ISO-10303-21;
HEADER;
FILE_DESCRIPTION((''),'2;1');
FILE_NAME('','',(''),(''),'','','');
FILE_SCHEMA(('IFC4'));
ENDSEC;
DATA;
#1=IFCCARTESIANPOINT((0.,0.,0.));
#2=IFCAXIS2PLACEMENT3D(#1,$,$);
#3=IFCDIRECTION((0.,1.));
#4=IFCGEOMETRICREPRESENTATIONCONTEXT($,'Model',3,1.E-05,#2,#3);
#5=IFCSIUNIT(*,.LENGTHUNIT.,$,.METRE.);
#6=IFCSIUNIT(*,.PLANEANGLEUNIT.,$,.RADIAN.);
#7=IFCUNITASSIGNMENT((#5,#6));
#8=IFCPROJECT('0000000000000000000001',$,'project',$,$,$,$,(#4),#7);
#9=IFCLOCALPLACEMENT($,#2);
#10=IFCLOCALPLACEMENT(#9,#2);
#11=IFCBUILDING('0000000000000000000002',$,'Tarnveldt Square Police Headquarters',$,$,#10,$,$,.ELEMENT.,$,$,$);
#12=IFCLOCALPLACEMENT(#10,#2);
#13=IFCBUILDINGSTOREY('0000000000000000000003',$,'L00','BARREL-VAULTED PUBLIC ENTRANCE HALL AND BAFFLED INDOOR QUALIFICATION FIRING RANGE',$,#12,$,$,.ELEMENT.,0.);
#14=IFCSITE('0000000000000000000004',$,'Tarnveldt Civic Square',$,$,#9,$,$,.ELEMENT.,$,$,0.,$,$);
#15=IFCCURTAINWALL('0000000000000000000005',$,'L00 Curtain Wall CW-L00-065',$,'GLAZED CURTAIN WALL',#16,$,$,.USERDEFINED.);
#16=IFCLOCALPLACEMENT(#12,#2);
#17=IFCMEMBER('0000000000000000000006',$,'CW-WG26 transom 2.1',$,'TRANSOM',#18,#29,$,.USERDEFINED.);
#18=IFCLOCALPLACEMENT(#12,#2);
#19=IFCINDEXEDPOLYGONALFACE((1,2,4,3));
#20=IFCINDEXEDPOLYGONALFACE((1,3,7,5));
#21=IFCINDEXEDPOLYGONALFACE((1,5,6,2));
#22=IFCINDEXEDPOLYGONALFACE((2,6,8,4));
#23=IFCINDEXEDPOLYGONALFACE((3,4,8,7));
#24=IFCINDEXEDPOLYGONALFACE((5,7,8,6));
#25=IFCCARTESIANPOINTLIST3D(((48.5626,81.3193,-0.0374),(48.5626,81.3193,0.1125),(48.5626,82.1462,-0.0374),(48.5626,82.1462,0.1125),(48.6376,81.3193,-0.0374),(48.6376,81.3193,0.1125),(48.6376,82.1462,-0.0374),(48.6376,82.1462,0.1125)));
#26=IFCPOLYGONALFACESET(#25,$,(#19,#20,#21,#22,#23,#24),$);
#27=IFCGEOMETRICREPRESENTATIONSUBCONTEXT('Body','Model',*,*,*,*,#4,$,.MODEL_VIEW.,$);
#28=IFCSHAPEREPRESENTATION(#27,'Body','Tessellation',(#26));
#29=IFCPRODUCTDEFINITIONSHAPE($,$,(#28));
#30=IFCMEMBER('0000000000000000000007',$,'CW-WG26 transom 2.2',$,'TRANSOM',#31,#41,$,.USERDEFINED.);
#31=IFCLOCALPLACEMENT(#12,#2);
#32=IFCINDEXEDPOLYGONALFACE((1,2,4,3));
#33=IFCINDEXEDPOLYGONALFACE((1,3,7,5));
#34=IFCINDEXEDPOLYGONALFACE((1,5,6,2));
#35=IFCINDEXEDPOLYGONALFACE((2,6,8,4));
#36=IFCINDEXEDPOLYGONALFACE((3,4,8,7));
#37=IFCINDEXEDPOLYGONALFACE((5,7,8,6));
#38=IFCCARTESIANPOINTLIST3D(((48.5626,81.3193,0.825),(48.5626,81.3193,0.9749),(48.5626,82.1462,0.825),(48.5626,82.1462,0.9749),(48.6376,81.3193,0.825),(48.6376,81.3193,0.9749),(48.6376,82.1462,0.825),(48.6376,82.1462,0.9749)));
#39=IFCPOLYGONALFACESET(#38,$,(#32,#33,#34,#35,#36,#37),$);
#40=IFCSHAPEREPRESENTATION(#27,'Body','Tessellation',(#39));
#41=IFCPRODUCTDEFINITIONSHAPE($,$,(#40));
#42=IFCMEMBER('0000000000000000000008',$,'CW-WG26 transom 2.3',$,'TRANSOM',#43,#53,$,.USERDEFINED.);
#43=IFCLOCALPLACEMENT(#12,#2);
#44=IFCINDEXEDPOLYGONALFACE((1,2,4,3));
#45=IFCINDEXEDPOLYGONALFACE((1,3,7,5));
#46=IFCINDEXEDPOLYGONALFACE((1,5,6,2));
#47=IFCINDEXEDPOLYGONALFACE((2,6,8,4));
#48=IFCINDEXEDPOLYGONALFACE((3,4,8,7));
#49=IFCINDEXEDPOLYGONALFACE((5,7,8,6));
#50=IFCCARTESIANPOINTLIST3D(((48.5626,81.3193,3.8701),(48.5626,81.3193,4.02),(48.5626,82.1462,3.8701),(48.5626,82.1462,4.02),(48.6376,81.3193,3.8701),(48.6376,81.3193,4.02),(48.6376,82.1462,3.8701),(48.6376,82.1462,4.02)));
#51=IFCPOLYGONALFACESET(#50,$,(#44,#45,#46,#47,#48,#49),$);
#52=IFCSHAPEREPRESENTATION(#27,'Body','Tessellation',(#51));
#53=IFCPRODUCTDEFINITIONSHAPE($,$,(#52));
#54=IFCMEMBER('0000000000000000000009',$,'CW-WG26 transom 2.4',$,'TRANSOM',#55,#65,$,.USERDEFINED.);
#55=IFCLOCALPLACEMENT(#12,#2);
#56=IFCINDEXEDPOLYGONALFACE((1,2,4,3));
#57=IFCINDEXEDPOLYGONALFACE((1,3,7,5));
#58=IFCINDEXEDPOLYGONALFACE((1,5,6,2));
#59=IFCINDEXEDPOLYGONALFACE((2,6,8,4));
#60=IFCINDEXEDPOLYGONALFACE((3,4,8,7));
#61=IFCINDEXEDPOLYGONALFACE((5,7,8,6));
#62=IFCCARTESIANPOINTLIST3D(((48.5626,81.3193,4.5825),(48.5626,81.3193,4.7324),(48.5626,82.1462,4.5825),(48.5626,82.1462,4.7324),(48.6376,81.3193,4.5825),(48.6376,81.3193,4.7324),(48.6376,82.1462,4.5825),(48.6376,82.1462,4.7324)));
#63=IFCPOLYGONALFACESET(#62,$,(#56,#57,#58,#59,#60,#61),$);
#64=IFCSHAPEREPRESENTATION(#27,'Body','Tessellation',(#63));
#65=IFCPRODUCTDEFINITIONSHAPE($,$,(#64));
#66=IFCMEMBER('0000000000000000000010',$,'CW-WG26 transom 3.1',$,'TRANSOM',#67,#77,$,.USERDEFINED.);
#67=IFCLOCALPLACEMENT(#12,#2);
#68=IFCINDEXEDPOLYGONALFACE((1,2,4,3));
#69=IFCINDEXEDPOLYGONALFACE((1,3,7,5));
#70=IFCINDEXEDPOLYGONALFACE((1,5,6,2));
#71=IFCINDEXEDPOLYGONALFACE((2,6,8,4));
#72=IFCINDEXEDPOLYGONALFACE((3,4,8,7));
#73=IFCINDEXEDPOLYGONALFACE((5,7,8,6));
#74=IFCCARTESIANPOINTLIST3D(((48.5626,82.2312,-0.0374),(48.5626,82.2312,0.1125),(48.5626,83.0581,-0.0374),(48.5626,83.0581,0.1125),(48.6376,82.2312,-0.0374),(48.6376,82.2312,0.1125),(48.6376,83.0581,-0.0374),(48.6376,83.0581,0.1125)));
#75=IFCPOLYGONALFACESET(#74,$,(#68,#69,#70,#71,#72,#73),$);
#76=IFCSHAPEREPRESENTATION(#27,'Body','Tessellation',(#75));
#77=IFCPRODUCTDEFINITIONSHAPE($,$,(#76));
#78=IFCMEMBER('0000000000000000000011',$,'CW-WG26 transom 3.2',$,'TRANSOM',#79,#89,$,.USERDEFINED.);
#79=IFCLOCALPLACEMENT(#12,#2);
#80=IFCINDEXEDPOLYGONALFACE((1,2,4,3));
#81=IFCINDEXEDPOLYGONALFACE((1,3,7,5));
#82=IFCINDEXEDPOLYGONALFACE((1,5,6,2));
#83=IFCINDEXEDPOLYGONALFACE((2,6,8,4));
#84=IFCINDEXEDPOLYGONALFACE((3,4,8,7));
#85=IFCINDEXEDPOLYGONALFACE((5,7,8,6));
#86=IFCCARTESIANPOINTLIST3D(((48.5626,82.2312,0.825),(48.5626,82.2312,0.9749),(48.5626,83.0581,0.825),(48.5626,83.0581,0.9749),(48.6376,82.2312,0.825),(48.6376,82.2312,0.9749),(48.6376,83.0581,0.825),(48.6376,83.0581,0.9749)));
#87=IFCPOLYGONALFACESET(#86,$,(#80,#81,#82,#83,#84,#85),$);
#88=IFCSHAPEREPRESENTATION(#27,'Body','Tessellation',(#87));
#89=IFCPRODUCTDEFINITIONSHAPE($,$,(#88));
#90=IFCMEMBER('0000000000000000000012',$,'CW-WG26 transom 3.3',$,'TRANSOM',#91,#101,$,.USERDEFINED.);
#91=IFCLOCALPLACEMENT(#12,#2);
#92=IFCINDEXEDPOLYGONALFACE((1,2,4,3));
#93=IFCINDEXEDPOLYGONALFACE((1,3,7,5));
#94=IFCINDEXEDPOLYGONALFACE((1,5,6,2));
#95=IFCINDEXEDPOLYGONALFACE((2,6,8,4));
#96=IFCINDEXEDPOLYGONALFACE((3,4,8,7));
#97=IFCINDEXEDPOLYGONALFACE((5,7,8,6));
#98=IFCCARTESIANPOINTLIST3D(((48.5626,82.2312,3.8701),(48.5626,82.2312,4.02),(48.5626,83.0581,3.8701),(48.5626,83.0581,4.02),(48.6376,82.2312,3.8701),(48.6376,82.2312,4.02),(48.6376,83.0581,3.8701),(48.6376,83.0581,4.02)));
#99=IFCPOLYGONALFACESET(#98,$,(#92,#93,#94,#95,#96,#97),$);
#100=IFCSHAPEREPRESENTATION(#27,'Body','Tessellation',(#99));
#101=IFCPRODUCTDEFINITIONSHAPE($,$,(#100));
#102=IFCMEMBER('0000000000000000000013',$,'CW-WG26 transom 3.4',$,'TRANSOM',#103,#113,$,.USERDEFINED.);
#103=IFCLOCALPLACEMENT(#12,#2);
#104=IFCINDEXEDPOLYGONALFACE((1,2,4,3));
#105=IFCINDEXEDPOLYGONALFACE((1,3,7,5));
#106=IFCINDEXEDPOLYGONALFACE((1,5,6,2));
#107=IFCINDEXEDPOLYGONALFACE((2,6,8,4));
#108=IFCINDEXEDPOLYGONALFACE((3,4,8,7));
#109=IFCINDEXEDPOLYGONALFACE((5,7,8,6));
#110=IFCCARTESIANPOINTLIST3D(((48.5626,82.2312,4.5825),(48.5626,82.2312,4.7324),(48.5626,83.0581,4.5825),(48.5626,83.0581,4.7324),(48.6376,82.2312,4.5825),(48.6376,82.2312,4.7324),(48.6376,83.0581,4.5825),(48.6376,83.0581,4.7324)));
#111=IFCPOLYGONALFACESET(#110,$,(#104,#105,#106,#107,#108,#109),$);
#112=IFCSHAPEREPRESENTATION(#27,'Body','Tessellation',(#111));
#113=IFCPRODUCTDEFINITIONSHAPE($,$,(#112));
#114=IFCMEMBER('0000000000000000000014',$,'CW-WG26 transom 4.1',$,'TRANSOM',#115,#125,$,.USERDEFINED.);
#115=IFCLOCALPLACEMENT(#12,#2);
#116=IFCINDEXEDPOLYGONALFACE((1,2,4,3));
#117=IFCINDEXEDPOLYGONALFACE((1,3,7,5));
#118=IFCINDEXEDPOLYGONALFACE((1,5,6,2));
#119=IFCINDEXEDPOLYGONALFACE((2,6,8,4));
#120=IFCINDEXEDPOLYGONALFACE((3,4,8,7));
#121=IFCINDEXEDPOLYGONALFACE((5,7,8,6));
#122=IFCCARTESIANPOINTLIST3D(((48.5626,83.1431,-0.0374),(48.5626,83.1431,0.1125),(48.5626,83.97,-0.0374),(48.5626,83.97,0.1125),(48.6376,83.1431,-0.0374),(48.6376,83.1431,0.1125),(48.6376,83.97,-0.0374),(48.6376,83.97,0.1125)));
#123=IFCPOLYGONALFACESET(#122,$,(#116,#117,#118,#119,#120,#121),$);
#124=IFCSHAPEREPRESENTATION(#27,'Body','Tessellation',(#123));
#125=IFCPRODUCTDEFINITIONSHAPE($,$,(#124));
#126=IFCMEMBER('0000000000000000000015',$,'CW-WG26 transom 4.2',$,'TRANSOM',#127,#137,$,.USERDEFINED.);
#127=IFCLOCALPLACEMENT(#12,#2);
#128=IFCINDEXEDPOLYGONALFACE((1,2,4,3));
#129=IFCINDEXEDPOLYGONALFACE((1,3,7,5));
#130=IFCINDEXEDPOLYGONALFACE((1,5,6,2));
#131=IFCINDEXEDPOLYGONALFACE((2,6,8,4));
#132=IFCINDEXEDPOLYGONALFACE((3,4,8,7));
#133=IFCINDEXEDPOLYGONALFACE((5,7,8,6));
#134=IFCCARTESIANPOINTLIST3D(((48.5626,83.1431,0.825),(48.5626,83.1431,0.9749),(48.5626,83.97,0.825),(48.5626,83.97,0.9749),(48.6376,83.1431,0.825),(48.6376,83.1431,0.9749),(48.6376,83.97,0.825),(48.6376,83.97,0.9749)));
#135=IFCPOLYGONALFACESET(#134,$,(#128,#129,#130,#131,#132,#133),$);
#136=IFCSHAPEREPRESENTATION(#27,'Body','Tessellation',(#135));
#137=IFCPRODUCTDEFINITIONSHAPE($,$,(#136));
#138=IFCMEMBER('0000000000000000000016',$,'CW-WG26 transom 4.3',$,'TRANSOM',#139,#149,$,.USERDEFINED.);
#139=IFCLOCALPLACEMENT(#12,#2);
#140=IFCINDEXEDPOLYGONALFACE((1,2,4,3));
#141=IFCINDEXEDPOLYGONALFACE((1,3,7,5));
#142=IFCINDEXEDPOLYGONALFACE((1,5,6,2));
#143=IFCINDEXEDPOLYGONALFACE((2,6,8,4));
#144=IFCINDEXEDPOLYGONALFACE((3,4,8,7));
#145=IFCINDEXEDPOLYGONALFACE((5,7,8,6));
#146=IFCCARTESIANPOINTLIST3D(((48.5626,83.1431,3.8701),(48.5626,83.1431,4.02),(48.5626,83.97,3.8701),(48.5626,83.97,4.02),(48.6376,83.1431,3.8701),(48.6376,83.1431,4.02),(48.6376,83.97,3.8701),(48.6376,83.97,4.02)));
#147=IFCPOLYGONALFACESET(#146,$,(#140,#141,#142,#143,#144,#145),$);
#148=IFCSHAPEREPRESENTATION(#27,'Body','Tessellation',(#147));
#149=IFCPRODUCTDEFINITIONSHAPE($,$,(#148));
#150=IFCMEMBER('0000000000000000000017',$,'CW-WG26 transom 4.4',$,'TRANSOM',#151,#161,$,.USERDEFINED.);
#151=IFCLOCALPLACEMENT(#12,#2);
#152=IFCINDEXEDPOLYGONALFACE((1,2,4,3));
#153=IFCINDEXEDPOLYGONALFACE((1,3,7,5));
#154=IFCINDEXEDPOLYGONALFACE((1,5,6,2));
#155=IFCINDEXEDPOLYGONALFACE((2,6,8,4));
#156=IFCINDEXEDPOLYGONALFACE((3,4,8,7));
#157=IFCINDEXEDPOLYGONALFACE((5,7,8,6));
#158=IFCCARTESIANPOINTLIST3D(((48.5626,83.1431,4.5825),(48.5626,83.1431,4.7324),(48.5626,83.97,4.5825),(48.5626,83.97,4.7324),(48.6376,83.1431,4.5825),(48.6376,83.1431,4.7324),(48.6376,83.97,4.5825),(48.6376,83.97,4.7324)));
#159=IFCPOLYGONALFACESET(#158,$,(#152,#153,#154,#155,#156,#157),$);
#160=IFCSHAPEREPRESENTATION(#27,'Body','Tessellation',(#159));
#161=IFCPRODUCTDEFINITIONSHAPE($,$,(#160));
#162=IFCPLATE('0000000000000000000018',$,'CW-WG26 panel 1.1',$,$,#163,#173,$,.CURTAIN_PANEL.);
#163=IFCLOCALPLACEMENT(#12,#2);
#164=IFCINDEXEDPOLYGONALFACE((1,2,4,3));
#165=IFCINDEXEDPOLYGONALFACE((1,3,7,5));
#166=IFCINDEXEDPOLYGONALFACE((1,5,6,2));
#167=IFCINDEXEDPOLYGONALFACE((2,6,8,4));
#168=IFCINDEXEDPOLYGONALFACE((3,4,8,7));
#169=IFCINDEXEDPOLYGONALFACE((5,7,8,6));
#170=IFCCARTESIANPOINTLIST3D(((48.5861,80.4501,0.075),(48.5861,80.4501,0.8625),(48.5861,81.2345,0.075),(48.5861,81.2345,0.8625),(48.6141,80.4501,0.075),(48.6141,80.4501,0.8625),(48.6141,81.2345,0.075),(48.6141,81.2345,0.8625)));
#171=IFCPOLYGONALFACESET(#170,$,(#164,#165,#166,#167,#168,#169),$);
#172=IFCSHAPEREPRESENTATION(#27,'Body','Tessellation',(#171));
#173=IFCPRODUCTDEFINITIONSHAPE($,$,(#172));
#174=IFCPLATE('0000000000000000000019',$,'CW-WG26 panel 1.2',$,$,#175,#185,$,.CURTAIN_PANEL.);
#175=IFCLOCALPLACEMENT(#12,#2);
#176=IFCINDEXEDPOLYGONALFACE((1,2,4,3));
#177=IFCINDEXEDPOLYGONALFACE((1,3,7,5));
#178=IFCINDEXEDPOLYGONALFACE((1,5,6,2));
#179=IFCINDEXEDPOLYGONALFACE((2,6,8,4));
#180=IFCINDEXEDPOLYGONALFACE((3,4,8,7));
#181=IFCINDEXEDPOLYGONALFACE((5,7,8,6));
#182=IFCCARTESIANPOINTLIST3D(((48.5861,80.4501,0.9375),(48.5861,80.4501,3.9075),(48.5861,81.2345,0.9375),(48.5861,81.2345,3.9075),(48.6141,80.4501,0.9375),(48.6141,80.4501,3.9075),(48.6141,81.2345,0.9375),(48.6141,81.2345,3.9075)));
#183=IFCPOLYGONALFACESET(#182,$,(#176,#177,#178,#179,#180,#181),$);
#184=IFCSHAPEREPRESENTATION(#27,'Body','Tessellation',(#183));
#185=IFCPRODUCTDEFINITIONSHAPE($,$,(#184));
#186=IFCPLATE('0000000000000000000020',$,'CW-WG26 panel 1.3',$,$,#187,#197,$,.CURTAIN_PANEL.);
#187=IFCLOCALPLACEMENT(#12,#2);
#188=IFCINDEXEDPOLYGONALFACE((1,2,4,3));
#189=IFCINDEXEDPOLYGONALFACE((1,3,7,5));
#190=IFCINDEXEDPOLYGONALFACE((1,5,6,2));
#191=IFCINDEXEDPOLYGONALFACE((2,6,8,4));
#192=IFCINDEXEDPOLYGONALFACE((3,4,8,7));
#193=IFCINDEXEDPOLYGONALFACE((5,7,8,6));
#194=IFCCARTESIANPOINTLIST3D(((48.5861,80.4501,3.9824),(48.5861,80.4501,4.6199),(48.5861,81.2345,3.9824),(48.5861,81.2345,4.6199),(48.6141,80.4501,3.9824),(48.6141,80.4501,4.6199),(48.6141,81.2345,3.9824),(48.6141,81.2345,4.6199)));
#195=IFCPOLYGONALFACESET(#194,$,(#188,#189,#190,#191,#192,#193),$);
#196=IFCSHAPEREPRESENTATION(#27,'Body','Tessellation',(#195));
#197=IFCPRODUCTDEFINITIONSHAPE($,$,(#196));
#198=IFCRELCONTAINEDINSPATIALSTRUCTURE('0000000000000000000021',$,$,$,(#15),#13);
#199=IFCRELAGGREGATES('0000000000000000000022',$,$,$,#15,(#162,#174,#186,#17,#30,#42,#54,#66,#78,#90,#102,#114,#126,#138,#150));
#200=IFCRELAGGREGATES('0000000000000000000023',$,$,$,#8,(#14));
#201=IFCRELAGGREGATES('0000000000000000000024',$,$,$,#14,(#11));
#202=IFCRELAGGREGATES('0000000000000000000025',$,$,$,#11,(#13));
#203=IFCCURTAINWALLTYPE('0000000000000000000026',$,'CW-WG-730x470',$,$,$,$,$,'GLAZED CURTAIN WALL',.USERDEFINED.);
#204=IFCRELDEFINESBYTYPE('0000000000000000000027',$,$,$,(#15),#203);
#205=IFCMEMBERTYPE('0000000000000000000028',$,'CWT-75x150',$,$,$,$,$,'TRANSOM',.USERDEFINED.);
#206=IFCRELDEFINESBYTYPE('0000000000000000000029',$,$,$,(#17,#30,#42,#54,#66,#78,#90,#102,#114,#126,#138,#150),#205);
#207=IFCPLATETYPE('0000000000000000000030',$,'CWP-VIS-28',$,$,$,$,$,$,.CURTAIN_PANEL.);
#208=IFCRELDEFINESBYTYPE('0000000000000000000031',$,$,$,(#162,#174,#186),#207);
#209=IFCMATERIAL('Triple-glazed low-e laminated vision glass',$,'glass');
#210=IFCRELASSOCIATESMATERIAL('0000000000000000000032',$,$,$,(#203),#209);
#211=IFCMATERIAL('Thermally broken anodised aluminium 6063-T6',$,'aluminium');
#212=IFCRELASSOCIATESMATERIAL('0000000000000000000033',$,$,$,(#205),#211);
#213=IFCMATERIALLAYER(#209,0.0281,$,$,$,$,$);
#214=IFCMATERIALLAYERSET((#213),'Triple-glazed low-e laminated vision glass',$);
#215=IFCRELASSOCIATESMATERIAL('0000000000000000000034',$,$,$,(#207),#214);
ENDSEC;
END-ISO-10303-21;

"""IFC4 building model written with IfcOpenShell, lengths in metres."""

from ifc_helpers import new_model, si_unit, direction, frame, origin, origin_2d, place, context, subcontext, project, spatial, rectangle, extrude, material, layer, layer_set, material_profile, profile_set, type_object, element, aggregate, save


model = new_model("IFC4")

# Units and contexts
model_context = context("Model", 3, precision=1e-05, world=origin(), true_north=direction((0.0, 1.0)))
body_context = subcontext(model_context, "Body", "Model", "MODEL_VIEW")
ifc_project = project(units=[si_unit("LENGTHUNIT", "METRE"), si_unit("PLANEANGLEUNIT", "RADIAN")], contexts=[model_context])

# Site, building, storey
site_placement = place(None, origin())
site = spatial("IfcSite", under=ifc_project, at=site_placement, Name="Tarnveldt Civic Square", CompositionType="ELEMENT", RefElevation=0.0)
building_placement = place(site_placement, origin())
building = spatial("IfcBuilding", under=site, at=building_placement, Name="Tarnveldt Square Police Headquarters", CompositionType="ELEMENT")
storey_placement = place(building_placement, origin())
storey = spatial("IfcBuildingStorey", under=building, at=storey_placement, Name="L00", Description="BARREL-VAULTED PUBLIC ENTRANCE HALL AND BAFFLED INDOOR QUALIFICATION FIRING RANGE", CompositionType="ELEMENT", Elevation=0.0)

# Shared definitions
ifc_material_1 = material(Name="Triple-glazed low-e laminated vision glass", Category="glass")
ifc_material_2 = material(Name="Thermally broken anodised aluminium 6063-T6", Category="aluminium")

# Curtain wall, members, plates
curtain_wall_type_1 = type_object("IfcCurtainWallType", Name="CW-WG-730x470", ElementType="GLAZED CURTAIN WALL", PredefinedType="USERDEFINED", material=ifc_material_1)
curtain_wall_1_placement = place(storey_placement, origin())
curtain_wall_1 = element("IfcCurtainWall", 1, at=curtain_wall_1_placement, inside=storey, type_object=curtain_wall_type_1, Name="L00 Curtain Wall CW-L00-065", ObjectType="GLAZED CURTAIN WALL", PredefinedType="USERDEFINED")
ifc_material_profile_1 = material_profile(ifc_material_2, rectangle(XDim=0.075, YDim=0.1499, at=origin_2d()), Name="CW-T75x150")
ifc_profile_set_1 = profile_set([ifc_material_profile_1], Name="Thermally broken anodised aluminium 6063-T6")
member_type_1 = type_object("IfcMemberType", Name="CWT-75x150", ElementType="TRANSOM", PredefinedType="USERDEFINED", material=ifc_profile_set_1)
member_1_placement = place(storey_placement, frame((48.6001, 81.3193, 0.0376), z_axis=(0.0, 1.0, 0.0), x_axis=(-1.0, 0.0, 0.0)))
member_1 = element("IfcMember", 2, at=member_1_placement, type_object=member_type_1, Name="CW-WG26 transom 2.1", ObjectType="TRANSOM", PredefinedType="USERDEFINED", context=body_context, shape_type="SweptSolid", body=[
    extrude(rectangle(XDim=0.075, YDim=0.1499, at=origin_2d()), origin(), (0.0, 0.0, 1.0), 0.8269),
])
member_2_placement = place(storey_placement, frame((48.6001, 81.3193, 0.8999), z_axis=(0.0, 1.0, 0.0), x_axis=(-1.0, 0.0, 0.0)))
member_2 = element("IfcMember", 3, at=member_2_placement, type_object=member_type_1, Name="CW-WG26 transom 2.2", ObjectType="TRANSOM", PredefinedType="USERDEFINED", context=body_context, shape_type="SweptSolid", body=[
    extrude(rectangle(XDim=0.075, YDim=0.1499, at=origin_2d()), origin(), (0.0, 0.0, 1.0), 0.8269),
])
member_3_placement = place(storey_placement, frame((48.6001, 81.3193, 3.9451), z_axis=(0.0, 1.0, 0.0), x_axis=(-1.0, 0.0, 0.0)))
member_3 = element("IfcMember", 4, at=member_3_placement, type_object=member_type_1, Name="CW-WG26 transom 2.3", ObjectType="TRANSOM", PredefinedType="USERDEFINED", context=body_context, shape_type="SweptSolid", body=[
    extrude(rectangle(XDim=0.075, YDim=0.1499, at=origin_2d()), origin(), (0.0, 0.0, 1.0), 0.8269),
])
member_4_placement = place(storey_placement, frame((48.6001, 81.3193, 4.6575), z_axis=(0.0, 1.0, 0.0), x_axis=(-1.0, 0.0, 0.0)))
member_4 = element("IfcMember", 5, at=member_4_placement, type_object=member_type_1, Name="CW-WG26 transom 2.4", ObjectType="TRANSOM", PredefinedType="USERDEFINED", context=body_context, shape_type="SweptSolid", body=[
    extrude(rectangle(XDim=0.075, YDim=0.1499, at=origin_2d()), origin(), (0.0, 0.0, 1.0), 0.8269),
])
member_5_placement = place(storey_placement, frame((48.6001, 82.2312, 0.0376), z_axis=(0.0, 1.0, 0.0), x_axis=(-1.0, 0.0, 0.0)))
member_5 = element("IfcMember", 6, at=member_5_placement, type_object=member_type_1, Name="CW-WG26 transom 3.1", ObjectType="TRANSOM", PredefinedType="USERDEFINED", context=body_context, shape_type="SweptSolid", body=[
    extrude(rectangle(XDim=0.075, YDim=0.1499, at=origin_2d()), origin(), (0.0, 0.0, 1.0), 0.8269),
])
member_6_placement = place(storey_placement, frame((48.6001, 82.2312, 0.8999), z_axis=(0.0, 1.0, 0.0), x_axis=(-1.0, 0.0, 0.0)))
member_6 = element("IfcMember", 7, at=member_6_placement, type_object=member_type_1, Name="CW-WG26 transom 3.2", ObjectType="TRANSOM", PredefinedType="USERDEFINED", context=body_context, shape_type="SweptSolid", body=[
    extrude(rectangle(XDim=0.075, YDim=0.1499, at=origin_2d()), origin(), (0.0, 0.0, 1.0), 0.8269),
])
member_7_placement = place(storey_placement, frame((48.6001, 82.2312, 3.9451), z_axis=(0.0, 1.0, 0.0), x_axis=(-1.0, 0.0, 0.0)))
member_7 = element("IfcMember", 8, at=member_7_placement, type_object=member_type_1, Name="CW-WG26 transom 3.3", ObjectType="TRANSOM", PredefinedType="USERDEFINED", context=body_context, shape_type="SweptSolid", body=[
    extrude(rectangle(XDim=0.075, YDim=0.1499, at=origin_2d()), origin(), (0.0, 0.0, 1.0), 0.8269),
])
member_8_placement = place(storey_placement, frame((48.6001, 82.2312, 4.6575), z_axis=(0.0, 1.0, 0.0), x_axis=(-1.0, 0.0, 0.0)))
member_8 = element("IfcMember", 9, at=member_8_placement, type_object=member_type_1, Name="CW-WG26 transom 3.4", ObjectType="TRANSOM", PredefinedType="USERDEFINED", context=body_context, shape_type="SweptSolid", body=[
    extrude(rectangle(XDim=0.075, YDim=0.1499, at=origin_2d()), origin(), (0.0, 0.0, 1.0), 0.8269),
])
member_9_placement = place(storey_placement, frame((48.6001, 83.1431, 0.0376), z_axis=(0.0, 1.0, 0.0), x_axis=(-1.0, 0.0, 0.0)))
member_9 = element("IfcMember", 10, at=member_9_placement, type_object=member_type_1, Name="CW-WG26 transom 4.1", ObjectType="TRANSOM", PredefinedType="USERDEFINED", context=body_context, shape_type="SweptSolid", body=[
    extrude(rectangle(XDim=0.075, YDim=0.1499, at=origin_2d()), origin(), (0.0, 0.0, 1.0), 0.8269),
])
member_10_placement = place(storey_placement, frame((48.6001, 83.1431, 0.8999), z_axis=(0.0, 1.0, 0.0), x_axis=(-1.0, 0.0, 0.0)))
member_10 = element("IfcMember", 11, at=member_10_placement, type_object=member_type_1, Name="CW-WG26 transom 4.2", ObjectType="TRANSOM", PredefinedType="USERDEFINED", context=body_context, shape_type="SweptSolid", body=[
    extrude(rectangle(XDim=0.075, YDim=0.1499, at=origin_2d()), origin(), (0.0, 0.0, 1.0), 0.8269),
])
member_11_placement = place(storey_placement, frame((48.6001, 83.1431, 3.9451), z_axis=(0.0, 1.0, 0.0), x_axis=(-1.0, 0.0, 0.0)))
member_11 = element("IfcMember", 12, at=member_11_placement, type_object=member_type_1, Name="CW-WG26 transom 4.3", ObjectType="TRANSOM", PredefinedType="USERDEFINED", context=body_context, shape_type="SweptSolid", body=[
    extrude(rectangle(XDim=0.075, YDim=0.1499, at=origin_2d()), origin(), (0.0, 0.0, 1.0), 0.8269),
])
member_12_placement = place(storey_placement, frame((48.6001, 83.1431, 4.6575), z_axis=(0.0, 1.0, 0.0), x_axis=(-1.0, 0.0, 0.0)))
member_12 = element("IfcMember", 13, at=member_12_placement, type_object=member_type_1, Name="CW-WG26 transom 4.4", ObjectType="TRANSOM", PredefinedType="USERDEFINED", context=body_context, shape_type="SweptSolid", body=[
    extrude(rectangle(XDim=0.075, YDim=0.1499, at=origin_2d()), origin(), (0.0, 0.0, 1.0), 0.8269),
])
ifc_layer = layer(ifc_material_1, 0.0281)
ifc_layer_set = layer_set([ifc_layer], Name="Triple-glazed low-e laminated vision glass")
plate_type = type_object("IfcPlateType", Name="CWP-VIS-28", PredefinedType="CURTAIN_PANEL", material=ifc_layer_set)
plate_1_placement = place(storey_placement, frame((48.6001, 80.8423, 0.075), z_axis=(0.0, 0.0, 1.0), x_axis=(0.0, 1.0, 0.0)))
plate_1 = element("IfcPlate", 14, at=plate_1_placement, type_object=plate_type, Name="CW-WG26 panel 1.1", PredefinedType="CURTAIN_PANEL", context=body_context, shape_type="SweptSolid", body=[
    extrude(rectangle(XDim=0.7844, YDim=0.0281, at=origin_2d()), origin(), (0.0, 0.0, 1.0), 0.7876),
])
plate_2_placement = place(storey_placement, frame((48.6001, 80.8423, 0.9375), z_axis=(0.0, 0.0, 1.0), x_axis=(0.0, 1.0, 0.0)))
plate_2 = element("IfcPlate", 15, at=plate_2_placement, type_object=plate_type, Name="CW-WG26 panel 1.2", PredefinedType="CURTAIN_PANEL", context=body_context, shape_type="SweptSolid", body=[
    extrude(rectangle(XDim=0.7844, YDim=0.0281, at=origin_2d()), origin(), (0.0, 0.0, 1.0), 2.97),
])
plate_3_placement = place(storey_placement, frame((48.6001, 80.8423, 3.9824), z_axis=(0.0, 0.0, 1.0), x_axis=(0.0, 1.0, 0.0)))
plate_3 = element("IfcPlate", 16, at=plate_3_placement, type_object=plate_type, Name="CW-WG26 panel 1.3", PredefinedType="CURTAIN_PANEL", context=body_context, shape_type="SweptSolid", body=[
    extrude(rectangle(XDim=0.7844, YDim=0.0281, at=origin_2d()), origin(), (0.0, 0.0, 1.0), 0.6375),
])
aggregate(curtain_wall_1, [plate_1, plate_2, plate_3, member_1, member_2, member_3, member_4, member_5, member_6, member_7, member_8, member_9, member_10, member_11, member_12])

save(model, "model.ifc")
